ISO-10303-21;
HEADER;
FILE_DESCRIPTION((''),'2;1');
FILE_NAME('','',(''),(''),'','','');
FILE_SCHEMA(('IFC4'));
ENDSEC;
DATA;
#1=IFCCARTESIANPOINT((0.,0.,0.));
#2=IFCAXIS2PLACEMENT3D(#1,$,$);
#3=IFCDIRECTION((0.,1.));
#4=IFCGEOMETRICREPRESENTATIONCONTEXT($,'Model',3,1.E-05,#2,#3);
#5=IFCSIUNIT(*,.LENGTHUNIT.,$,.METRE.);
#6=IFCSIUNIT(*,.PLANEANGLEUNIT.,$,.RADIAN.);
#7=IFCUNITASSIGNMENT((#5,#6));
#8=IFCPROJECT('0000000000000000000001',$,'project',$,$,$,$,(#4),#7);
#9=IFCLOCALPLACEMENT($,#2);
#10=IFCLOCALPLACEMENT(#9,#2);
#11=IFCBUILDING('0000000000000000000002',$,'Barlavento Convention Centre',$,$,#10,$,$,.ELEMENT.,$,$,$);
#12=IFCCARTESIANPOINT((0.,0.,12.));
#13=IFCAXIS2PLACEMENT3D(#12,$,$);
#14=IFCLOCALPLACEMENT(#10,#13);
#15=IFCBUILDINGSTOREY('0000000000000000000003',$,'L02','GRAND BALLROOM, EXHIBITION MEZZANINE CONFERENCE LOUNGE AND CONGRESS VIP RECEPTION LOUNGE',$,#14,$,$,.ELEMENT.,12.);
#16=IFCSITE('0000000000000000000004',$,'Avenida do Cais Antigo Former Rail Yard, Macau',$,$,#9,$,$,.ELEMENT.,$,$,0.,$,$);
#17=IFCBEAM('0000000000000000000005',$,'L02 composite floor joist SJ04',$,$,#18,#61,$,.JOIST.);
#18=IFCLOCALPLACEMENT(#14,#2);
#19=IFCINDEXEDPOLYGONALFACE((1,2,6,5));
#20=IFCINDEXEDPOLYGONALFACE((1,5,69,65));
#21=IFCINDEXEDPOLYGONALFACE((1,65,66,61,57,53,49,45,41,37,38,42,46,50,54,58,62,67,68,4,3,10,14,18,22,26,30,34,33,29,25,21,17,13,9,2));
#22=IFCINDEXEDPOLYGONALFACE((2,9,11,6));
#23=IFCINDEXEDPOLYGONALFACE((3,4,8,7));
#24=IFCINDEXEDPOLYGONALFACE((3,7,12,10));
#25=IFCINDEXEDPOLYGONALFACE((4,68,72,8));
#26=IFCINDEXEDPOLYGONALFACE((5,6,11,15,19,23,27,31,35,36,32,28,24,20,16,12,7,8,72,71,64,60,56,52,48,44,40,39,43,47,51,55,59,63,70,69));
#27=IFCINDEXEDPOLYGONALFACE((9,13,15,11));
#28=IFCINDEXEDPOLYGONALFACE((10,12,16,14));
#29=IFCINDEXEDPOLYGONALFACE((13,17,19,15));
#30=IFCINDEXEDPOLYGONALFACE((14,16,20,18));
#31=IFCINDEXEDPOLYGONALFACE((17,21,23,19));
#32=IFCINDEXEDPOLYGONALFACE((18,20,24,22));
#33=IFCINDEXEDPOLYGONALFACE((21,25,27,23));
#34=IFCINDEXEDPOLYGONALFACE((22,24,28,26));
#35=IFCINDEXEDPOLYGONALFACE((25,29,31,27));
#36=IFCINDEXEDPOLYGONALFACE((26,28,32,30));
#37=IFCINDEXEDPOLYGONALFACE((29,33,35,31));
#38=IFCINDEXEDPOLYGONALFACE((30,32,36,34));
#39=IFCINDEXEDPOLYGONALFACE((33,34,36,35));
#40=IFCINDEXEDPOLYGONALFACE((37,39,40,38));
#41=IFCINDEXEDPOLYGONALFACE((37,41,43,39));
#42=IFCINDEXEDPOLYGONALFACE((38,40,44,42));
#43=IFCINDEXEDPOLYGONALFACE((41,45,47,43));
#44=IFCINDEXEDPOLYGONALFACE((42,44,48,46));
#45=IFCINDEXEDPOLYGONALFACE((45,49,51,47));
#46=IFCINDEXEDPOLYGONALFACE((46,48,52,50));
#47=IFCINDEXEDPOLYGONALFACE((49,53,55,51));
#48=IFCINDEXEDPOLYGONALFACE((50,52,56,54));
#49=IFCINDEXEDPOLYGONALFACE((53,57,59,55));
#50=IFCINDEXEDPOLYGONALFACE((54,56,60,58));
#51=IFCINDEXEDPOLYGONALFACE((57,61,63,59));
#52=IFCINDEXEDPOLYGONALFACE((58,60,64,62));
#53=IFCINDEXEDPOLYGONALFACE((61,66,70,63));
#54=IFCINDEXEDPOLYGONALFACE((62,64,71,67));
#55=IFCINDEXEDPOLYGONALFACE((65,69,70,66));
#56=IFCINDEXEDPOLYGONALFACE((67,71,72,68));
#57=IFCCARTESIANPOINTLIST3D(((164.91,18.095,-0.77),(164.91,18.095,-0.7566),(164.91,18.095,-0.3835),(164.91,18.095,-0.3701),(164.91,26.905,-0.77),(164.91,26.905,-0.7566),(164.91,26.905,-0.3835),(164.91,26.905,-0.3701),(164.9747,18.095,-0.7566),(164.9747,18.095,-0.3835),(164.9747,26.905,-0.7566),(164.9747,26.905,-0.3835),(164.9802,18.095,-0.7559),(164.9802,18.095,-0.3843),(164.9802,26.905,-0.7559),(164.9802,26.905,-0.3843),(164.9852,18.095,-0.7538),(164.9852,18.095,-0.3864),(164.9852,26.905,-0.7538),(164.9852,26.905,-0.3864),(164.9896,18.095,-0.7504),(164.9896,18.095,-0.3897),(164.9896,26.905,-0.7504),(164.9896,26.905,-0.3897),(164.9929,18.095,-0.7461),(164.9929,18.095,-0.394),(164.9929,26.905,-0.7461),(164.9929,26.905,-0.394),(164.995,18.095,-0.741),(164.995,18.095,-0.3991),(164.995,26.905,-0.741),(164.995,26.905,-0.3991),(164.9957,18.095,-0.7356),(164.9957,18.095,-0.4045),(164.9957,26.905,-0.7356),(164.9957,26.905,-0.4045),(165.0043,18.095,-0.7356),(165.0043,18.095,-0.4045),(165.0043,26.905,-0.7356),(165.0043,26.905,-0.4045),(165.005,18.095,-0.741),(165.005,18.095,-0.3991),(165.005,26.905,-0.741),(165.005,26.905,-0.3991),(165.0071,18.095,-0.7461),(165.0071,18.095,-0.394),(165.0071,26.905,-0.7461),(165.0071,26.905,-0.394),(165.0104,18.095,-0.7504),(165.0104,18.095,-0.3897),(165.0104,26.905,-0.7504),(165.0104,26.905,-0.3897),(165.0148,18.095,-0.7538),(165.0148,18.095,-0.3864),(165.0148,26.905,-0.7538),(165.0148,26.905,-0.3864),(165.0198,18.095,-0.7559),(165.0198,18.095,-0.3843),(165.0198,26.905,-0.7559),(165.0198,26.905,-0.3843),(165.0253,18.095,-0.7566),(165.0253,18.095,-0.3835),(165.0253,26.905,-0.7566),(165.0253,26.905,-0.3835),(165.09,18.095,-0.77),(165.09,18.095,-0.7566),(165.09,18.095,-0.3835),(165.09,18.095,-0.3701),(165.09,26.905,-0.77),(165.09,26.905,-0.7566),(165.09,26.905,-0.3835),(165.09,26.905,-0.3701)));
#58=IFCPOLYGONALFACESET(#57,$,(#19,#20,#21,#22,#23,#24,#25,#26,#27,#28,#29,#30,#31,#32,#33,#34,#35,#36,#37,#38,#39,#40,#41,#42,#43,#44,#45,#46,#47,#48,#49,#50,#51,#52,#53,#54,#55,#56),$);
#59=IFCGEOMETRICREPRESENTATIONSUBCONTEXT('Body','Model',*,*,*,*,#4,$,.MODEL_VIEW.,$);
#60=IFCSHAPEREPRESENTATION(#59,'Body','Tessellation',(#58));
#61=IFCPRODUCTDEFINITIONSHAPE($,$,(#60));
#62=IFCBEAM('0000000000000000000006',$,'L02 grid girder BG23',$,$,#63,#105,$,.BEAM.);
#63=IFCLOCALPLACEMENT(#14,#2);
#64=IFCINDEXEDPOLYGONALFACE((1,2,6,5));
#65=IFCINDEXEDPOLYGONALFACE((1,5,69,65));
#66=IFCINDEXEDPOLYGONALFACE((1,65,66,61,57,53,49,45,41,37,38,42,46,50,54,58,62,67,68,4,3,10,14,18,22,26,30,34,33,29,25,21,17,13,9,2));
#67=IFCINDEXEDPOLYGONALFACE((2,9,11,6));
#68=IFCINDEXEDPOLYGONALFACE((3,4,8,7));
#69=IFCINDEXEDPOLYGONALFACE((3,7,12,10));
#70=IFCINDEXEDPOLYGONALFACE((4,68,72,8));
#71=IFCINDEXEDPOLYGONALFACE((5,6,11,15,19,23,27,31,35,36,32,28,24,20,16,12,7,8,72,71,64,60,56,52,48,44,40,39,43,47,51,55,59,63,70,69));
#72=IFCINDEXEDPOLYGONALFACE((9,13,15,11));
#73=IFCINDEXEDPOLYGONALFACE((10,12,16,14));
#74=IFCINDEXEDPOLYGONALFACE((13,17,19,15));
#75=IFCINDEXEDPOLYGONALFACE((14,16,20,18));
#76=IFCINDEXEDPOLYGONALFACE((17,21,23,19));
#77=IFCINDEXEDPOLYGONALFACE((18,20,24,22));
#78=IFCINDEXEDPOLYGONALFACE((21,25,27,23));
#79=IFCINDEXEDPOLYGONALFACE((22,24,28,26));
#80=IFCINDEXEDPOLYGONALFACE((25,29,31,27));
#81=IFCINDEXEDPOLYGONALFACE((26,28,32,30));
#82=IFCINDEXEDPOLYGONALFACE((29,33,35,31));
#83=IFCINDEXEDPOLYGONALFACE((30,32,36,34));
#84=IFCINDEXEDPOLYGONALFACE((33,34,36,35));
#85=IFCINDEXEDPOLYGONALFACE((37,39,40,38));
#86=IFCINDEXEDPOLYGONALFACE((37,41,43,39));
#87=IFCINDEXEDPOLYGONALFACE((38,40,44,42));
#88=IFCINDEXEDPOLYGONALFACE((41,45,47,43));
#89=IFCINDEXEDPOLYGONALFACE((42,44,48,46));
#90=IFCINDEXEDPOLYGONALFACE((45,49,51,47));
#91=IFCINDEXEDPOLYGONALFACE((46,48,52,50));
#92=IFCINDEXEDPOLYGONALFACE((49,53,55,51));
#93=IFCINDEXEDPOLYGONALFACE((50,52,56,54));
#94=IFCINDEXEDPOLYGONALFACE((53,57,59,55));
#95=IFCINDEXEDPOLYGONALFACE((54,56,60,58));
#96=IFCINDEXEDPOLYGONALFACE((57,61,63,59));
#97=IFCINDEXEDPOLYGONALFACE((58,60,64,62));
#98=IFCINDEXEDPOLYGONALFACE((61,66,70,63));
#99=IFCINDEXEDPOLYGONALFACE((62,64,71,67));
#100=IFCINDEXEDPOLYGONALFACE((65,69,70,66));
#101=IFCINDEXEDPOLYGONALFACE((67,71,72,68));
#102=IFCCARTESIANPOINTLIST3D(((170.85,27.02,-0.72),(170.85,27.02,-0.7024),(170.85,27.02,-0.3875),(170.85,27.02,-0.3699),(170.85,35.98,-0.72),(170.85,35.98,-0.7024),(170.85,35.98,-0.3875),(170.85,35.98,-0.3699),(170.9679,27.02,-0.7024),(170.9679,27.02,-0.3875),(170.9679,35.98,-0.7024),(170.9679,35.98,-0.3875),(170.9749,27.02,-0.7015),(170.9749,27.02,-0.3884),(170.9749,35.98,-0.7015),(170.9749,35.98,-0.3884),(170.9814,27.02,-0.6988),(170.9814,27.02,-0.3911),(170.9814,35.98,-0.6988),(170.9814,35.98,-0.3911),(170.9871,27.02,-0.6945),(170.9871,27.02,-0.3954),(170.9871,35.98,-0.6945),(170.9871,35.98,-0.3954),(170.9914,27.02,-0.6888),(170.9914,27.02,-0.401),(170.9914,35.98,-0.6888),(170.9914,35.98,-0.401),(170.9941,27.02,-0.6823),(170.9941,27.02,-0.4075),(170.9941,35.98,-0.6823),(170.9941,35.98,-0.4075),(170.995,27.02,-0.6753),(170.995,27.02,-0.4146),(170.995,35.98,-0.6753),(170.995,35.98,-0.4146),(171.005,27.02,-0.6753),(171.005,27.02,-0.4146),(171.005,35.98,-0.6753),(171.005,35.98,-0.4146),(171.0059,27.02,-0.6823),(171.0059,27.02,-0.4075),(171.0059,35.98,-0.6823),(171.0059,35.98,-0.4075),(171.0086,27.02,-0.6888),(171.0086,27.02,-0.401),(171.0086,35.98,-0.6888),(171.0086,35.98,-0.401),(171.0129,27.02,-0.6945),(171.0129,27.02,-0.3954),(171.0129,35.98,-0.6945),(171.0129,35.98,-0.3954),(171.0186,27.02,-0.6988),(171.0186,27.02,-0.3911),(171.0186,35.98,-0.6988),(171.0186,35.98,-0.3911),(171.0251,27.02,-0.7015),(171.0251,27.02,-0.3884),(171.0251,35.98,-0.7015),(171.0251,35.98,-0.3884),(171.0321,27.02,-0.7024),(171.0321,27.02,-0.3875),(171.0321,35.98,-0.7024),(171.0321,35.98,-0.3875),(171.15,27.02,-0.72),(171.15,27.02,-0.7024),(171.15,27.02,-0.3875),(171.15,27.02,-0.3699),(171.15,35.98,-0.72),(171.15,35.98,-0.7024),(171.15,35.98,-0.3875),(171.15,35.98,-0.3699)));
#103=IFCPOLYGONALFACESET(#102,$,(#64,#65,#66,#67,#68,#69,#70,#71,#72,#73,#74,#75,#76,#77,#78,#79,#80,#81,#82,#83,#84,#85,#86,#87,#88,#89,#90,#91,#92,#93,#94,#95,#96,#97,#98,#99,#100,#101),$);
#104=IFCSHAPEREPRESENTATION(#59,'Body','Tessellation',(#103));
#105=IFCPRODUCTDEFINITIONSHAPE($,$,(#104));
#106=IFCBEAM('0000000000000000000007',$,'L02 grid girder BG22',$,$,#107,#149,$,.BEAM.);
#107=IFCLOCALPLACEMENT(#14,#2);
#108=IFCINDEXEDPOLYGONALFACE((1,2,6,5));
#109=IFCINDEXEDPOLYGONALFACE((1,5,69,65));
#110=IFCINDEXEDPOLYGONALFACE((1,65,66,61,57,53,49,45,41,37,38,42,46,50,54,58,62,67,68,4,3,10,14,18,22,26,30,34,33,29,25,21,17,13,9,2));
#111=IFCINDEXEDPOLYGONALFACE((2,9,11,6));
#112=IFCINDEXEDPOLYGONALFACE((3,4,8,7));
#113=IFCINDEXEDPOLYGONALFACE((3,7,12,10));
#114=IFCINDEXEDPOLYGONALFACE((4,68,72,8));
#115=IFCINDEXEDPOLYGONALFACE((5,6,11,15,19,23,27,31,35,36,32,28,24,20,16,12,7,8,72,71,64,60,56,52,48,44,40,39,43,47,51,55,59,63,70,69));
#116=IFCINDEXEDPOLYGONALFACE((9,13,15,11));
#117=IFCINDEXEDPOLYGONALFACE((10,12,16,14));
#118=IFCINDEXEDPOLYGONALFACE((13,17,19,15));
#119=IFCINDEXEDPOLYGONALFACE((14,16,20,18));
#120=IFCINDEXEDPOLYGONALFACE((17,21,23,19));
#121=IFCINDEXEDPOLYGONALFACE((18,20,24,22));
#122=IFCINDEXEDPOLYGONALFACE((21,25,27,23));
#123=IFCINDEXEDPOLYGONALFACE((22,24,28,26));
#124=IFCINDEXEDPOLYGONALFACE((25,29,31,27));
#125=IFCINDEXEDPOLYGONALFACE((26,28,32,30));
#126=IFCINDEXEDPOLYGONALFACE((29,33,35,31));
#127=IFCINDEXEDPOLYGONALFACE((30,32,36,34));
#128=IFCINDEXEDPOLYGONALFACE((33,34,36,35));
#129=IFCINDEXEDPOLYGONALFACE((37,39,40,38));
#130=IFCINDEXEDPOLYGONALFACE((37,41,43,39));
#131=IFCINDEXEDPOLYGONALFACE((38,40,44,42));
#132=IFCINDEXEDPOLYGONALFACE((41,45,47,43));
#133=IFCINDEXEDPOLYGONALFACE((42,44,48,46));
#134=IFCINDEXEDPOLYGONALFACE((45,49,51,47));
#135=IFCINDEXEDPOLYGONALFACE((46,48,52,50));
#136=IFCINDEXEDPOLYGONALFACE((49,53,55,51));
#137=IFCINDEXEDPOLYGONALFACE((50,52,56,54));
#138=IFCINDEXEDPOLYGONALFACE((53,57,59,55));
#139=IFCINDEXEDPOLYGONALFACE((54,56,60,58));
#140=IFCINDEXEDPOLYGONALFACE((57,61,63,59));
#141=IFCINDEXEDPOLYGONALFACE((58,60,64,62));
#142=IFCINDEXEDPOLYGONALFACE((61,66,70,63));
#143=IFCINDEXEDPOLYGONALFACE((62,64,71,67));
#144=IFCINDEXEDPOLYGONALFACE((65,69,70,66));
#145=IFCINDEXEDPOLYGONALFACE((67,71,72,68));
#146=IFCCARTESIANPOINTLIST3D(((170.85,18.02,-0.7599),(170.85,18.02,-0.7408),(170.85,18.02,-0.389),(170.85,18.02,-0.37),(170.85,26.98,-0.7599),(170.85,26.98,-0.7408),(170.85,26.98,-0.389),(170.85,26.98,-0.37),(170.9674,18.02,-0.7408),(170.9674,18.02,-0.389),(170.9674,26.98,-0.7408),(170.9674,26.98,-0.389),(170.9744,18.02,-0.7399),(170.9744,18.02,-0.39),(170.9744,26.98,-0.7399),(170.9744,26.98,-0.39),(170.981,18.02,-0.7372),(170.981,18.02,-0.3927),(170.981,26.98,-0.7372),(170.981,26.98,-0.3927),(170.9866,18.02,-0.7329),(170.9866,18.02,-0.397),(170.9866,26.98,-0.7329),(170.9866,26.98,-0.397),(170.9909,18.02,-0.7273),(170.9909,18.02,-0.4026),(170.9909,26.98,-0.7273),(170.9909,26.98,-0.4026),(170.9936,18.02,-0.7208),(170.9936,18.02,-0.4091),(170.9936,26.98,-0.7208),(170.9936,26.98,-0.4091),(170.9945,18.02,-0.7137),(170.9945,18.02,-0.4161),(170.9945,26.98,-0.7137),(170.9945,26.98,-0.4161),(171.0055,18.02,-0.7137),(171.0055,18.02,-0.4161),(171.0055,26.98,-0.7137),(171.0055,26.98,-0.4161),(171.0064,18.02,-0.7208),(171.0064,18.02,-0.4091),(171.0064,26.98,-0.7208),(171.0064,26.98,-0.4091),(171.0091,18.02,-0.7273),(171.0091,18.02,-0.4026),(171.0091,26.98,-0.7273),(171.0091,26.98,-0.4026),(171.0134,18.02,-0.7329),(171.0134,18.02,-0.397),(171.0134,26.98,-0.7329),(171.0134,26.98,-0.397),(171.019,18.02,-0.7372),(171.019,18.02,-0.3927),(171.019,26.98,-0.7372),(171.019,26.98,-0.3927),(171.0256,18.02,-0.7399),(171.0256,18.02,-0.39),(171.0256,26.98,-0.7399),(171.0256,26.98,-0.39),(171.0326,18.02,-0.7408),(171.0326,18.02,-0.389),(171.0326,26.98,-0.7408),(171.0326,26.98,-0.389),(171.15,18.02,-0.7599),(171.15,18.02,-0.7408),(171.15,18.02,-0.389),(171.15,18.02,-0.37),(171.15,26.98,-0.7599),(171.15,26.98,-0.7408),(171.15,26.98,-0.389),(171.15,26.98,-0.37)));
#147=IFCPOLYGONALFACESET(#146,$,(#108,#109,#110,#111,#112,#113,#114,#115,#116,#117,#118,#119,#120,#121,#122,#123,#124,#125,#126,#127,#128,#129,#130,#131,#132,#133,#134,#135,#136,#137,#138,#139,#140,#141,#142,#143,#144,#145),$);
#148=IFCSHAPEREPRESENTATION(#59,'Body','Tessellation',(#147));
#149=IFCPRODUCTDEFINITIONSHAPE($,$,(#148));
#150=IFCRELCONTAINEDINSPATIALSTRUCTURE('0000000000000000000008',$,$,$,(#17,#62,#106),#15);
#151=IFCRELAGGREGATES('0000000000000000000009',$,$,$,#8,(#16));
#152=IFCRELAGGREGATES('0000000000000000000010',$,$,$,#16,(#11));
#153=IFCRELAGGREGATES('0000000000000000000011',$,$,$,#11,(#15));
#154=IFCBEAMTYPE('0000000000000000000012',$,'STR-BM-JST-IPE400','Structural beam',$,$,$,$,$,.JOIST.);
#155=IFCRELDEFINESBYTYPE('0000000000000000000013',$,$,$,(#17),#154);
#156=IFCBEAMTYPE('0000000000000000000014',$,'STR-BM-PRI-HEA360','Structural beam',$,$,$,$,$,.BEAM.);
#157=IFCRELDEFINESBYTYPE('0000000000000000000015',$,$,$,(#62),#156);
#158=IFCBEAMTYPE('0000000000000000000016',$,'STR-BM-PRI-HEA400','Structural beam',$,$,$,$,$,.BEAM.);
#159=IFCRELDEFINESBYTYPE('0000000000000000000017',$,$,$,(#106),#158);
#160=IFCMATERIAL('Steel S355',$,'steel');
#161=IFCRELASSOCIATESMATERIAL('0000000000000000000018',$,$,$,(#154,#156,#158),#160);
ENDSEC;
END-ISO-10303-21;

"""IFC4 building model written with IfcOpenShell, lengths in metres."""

from ifc_helpers import new_model, si_unit, direction, frame, origin, origin_2d, place, context, subcontext, project, spatial, i_section, extrude, material, material_profile, profile_set, type_object, element, save


model = new_model("IFC4")

# Units and contexts
model_context = context("Model", 3, precision=1e-05, world=origin(), true_north=direction((0.0, 1.0)))
body_context = subcontext(model_context, "Body", "Model", "MODEL_VIEW")
ifc_project = project(units=[si_unit("LENGTHUNIT", "METRE"), si_unit("PLANEANGLEUNIT", "RADIAN")], contexts=[model_context])

# Site, building, storey
site_placement = place(None, origin())
site = spatial("IfcSite", under=ifc_project, at=site_placement, Name="Avenida do Cais Antigo Former Rail Yard, Macau", CompositionType="ELEMENT", RefElevation=0.0)
building_placement = place(site_placement, origin())
building = spatial("IfcBuilding", under=site, at=building_placement, Name="Barlavento Convention Centre", CompositionType="ELEMENT")
storey_placement = place(building_placement, frame((0.0, 0.0, 12.0)))
storey = spatial("IfcBuildingStorey", under=building, at=storey_placement, Name="L02", Description="GRAND BALLROOM, EXHIBITION MEZZANINE CONFERENCE LOUNGE AND CONGRESS VIP RECEPTION LOUNGE", CompositionType="ELEMENT", Elevation=12.0)

# Shared definitions
ifc_material_1 = material(Name="Steel S355", Category="steel")

# Beams
ifc_material_profile_1 = material_profile(ifc_material_1, i_section(OverallWidth=0.1799, OverallDepth=0.3999, WebThickness=0.0085, FlangeThickness=0.0134, FilletRadius=0.021, at=origin_2d()), Name="IPE 400")
ifc_profile_set_1 = profile_set([ifc_material_profile_1], Name="Steel S355")
beam_type_1 = type_object("IfcBeamType", Name="STR-BM-JST-IPE400", Description="Structural beam", PredefinedType="JOIST", material=ifc_profile_set_1)
for number, where, z_axis, x_axis, name in (
    (1, (165.0, 18.095, -0.5701), (0.0, 1.0, 0.0), (-1.0, 0.0, 0.0), "L02 composite floor joist SJ04"),
):
    element("IfcBeam", number, at=place(storey_placement, frame(where, z_axis=z_axis, x_axis=x_axis)), inside=storey, type_object=beam_type_1, Name=name, PredefinedType="JOIST", context=body_context, shape_type="SweptSolid", body=[
        extrude(i_section(OverallWidth=0.1799, OverallDepth=0.3999, WebThickness=0.0085, FlangeThickness=0.0134, FilletRadius=0.021, at=origin_2d()), origin(), (0.0, 0.0, 1.0), 8.8101),
    ])
ifc_material_profile_2 = material_profile(ifc_material_1, i_section(OverallWidth=0.3, OverallDepth=0.3501, WebThickness=0.01, FlangeThickness=0.0176, FilletRadius=0.0271, at=origin_2d()), Name="HEA 360")
ifc_profile_set_2 = profile_set([ifc_material_profile_2], Name="Steel S355")
beam_type_2 = type_object("IfcBeamType", Name="STR-BM-PRI-HEA360", Description="Structural beam", PredefinedType="BEAM", material=ifc_profile_set_2)
beam_1_placement = place(storey_placement, frame((171.0, 27.02, -0.5449), z_axis=(0.0, 1.0, 0.0), x_axis=(-1.0, 0.0, 0.0)))
element("IfcBeam", 2, at=beam_1_placement, inside=storey, type_object=beam_type_2, Name="L02 grid girder BG23", PredefinedType="BEAM", context=body_context, shape_type="SweptSolid", body=[
    extrude(i_section(OverallWidth=0.3, OverallDepth=0.3501, WebThickness=0.01, FlangeThickness=0.0176, FilletRadius=0.0271, at=origin_2d()), origin(), (0.0, 0.0, 1.0), 8.96),
])
ifc_material_profile_3 = material_profile(ifc_material_1, i_section(OverallWidth=0.3, OverallDepth=0.3899, WebThickness=0.011, FlangeThickness=0.019, FilletRadius=0.0271, at=origin_2d()), Name="HEA 400")
ifc_profile_set_3 = profile_set([ifc_material_profile_3], Name="Steel S355")
beam_type_3 = type_object("IfcBeamType", Name="STR-BM-PRI-HEA400", Description="Structural beam", PredefinedType="BEAM", material=ifc_profile_set_3)
beam_2_placement = place(storey_placement, frame((171.0, 18.02, -0.5649), z_axis=(0.0, 1.0, 0.0), x_axis=(-1.0, 0.0, 0.0)))
element("IfcBeam", 3, at=beam_2_placement, inside=storey, type_object=beam_type_3, Name="L02 grid girder BG22", PredefinedType="BEAM", context=body_context, shape_type="SweptSolid", body=[
    extrude(i_section(OverallWidth=0.3, OverallDepth=0.3899, WebThickness=0.011, FlangeThickness=0.019, FilletRadius=0.0271, at=origin_2d()), origin(), (0.0, 0.0, 1.0), 8.96),
])

save(model, "model.ifc")
